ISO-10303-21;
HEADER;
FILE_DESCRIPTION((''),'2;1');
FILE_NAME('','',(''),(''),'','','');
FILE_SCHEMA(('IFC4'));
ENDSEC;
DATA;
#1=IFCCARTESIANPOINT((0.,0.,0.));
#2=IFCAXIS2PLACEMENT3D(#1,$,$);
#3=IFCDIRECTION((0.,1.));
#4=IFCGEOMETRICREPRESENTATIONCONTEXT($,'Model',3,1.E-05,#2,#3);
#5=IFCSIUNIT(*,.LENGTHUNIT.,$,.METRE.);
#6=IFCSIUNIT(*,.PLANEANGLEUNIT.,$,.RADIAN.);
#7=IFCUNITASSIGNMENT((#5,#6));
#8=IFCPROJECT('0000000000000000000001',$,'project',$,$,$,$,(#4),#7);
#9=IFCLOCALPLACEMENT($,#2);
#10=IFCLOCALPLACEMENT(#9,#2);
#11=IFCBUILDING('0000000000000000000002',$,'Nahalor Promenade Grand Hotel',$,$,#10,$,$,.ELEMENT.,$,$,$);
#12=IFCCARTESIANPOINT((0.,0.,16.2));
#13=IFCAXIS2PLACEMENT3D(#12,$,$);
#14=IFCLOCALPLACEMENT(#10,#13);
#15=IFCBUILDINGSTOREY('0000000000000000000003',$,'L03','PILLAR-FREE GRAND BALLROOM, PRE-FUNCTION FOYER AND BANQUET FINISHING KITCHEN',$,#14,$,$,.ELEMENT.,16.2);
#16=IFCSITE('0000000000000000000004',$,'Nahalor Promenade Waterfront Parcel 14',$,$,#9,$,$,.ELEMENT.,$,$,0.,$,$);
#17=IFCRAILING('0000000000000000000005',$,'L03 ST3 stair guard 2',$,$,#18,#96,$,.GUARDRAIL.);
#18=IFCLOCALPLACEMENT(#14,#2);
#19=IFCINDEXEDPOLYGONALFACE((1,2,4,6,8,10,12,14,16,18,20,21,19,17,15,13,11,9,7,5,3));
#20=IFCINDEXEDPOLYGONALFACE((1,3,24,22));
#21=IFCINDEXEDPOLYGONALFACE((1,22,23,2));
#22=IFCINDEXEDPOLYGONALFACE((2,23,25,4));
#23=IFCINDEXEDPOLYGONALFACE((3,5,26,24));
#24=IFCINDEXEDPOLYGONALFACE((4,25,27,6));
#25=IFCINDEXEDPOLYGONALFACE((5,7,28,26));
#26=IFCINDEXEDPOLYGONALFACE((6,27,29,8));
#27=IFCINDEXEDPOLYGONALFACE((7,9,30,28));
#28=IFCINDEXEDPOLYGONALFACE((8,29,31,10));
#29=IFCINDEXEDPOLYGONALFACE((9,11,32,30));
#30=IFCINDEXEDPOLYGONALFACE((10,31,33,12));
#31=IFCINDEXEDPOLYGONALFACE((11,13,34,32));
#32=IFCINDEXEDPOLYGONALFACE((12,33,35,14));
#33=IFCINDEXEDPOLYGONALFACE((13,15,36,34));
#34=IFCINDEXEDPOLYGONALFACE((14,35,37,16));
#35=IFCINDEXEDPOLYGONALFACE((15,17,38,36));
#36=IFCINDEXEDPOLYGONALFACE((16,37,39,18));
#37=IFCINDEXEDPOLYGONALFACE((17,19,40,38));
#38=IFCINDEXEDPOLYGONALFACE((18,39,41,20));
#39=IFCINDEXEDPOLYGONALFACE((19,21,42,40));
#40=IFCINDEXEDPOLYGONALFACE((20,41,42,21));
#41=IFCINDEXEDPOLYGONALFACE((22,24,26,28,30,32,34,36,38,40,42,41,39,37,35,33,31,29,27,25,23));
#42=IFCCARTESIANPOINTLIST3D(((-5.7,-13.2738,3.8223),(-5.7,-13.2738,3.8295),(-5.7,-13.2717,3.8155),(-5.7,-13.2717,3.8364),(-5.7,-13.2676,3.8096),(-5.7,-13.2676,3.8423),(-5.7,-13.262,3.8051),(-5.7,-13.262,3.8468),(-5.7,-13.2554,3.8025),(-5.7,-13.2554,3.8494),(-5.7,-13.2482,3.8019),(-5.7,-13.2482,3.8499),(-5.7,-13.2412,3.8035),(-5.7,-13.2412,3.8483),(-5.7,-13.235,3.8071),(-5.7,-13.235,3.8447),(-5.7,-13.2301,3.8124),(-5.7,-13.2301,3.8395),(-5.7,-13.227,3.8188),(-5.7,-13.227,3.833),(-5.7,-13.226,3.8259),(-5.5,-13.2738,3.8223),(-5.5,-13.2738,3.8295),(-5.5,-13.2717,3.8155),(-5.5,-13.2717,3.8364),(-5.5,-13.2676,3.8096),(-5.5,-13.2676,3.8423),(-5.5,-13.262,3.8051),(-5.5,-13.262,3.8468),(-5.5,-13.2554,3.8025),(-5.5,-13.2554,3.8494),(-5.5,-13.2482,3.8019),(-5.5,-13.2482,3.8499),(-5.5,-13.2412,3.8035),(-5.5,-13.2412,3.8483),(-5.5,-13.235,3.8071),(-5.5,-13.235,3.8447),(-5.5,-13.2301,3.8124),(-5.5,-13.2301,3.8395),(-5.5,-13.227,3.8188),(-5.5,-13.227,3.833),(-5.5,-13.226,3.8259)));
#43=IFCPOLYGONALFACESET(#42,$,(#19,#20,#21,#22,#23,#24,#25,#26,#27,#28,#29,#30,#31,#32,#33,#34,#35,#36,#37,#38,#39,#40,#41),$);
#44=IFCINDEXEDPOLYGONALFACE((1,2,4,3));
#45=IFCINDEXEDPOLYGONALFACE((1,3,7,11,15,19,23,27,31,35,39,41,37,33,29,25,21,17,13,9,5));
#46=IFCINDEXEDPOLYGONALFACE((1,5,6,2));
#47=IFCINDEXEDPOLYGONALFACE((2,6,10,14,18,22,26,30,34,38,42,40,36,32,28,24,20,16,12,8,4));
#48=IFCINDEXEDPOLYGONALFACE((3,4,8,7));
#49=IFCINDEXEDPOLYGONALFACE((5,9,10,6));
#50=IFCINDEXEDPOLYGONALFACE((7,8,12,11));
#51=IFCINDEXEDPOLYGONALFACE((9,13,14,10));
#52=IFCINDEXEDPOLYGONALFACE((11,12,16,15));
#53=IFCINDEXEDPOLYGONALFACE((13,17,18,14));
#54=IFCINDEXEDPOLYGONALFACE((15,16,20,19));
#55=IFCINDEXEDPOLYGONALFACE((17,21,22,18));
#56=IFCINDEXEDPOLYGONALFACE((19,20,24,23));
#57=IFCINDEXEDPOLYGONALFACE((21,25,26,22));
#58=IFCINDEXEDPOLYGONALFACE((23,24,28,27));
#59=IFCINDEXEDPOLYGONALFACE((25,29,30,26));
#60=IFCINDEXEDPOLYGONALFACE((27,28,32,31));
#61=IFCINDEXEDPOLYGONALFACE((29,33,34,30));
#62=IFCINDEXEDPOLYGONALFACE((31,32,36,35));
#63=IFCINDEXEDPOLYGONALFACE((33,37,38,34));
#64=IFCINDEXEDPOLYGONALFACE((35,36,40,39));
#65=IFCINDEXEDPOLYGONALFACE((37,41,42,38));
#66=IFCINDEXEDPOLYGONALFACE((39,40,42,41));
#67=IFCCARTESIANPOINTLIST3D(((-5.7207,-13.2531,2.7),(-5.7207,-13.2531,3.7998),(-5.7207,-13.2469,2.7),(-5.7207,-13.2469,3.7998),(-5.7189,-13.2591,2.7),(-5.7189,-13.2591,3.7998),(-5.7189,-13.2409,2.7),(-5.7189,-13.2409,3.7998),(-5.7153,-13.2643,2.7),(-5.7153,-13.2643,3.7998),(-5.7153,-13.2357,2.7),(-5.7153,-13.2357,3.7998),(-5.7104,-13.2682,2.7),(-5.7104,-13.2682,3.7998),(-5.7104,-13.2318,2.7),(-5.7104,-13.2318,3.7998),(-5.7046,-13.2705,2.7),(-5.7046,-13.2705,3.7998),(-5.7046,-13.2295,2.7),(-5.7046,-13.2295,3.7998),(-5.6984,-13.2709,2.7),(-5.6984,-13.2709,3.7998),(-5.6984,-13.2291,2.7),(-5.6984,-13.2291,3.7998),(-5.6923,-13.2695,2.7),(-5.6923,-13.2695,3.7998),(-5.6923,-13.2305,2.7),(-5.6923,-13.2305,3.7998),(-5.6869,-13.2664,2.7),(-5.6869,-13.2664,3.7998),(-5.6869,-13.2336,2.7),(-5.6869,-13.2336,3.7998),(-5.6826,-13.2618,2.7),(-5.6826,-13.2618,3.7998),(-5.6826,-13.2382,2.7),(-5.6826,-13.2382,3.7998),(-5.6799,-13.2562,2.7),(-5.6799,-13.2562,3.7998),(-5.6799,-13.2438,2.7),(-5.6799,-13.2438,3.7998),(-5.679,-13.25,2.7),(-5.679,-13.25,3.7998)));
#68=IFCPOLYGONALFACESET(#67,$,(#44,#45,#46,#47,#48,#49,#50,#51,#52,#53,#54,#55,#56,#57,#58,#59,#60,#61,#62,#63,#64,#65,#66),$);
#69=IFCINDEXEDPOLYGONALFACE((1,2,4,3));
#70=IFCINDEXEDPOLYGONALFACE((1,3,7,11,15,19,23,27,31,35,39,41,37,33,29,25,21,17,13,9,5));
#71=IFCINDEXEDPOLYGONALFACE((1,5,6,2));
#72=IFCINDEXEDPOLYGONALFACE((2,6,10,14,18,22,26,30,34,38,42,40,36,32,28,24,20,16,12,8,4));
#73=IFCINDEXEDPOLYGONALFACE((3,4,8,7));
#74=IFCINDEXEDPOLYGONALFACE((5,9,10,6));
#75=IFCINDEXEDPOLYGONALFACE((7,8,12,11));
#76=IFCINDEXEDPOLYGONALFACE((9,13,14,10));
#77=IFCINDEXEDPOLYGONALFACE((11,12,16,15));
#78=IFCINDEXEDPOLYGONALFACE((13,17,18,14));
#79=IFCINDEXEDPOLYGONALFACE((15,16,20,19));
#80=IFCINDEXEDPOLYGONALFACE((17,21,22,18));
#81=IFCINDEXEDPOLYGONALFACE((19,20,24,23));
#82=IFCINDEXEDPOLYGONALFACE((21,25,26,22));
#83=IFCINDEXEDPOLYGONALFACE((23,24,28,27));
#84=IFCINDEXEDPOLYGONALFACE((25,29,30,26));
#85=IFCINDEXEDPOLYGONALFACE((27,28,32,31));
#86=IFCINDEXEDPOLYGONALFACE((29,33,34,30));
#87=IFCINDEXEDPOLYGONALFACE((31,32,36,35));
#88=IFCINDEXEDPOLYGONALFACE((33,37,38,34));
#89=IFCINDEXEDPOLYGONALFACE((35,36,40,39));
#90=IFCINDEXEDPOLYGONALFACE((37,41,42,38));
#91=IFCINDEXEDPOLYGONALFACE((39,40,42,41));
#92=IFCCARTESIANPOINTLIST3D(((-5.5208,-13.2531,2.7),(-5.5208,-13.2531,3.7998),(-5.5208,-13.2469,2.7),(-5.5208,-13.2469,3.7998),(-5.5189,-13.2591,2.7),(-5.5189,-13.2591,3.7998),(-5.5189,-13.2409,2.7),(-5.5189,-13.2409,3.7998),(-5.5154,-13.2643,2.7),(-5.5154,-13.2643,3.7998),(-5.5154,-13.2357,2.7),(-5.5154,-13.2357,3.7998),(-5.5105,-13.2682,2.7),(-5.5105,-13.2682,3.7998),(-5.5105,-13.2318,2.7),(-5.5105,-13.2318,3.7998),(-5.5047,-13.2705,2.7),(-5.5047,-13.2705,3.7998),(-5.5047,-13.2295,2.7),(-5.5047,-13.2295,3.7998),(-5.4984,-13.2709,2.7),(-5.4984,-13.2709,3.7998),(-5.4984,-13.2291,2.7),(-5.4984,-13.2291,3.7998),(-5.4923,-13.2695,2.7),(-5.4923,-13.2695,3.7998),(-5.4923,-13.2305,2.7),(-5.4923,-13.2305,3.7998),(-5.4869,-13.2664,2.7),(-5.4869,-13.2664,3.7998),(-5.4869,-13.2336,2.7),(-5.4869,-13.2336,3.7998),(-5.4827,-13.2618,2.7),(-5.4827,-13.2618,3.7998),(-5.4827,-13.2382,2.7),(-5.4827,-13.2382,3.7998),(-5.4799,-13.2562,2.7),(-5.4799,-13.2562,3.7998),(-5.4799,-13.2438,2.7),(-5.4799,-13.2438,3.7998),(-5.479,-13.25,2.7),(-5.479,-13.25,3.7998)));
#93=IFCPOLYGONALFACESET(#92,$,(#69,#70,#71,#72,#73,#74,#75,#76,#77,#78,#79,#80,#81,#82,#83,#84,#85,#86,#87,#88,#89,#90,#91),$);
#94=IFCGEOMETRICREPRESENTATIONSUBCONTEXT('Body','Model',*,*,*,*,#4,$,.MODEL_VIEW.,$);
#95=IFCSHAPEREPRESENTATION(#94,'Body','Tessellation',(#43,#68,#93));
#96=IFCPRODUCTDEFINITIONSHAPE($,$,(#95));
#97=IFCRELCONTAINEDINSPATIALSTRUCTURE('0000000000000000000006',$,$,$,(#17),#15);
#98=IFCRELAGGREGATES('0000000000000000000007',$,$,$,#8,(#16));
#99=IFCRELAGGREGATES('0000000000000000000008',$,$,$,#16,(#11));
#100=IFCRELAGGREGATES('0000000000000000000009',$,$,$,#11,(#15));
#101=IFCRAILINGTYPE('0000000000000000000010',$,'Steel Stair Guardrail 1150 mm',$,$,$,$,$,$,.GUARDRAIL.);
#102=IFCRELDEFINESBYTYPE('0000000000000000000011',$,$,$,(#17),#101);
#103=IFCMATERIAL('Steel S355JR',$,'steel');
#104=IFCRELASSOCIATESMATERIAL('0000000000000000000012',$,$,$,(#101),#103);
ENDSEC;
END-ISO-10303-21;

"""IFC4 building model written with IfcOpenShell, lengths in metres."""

from ifc_helpers import new_model, si_unit, direction, frame, origin, origin_2d, place, context, subcontext, project, spatial, circle, extrude, material, type_object, element, save


model = new_model("IFC4")

# Units and contexts
model_context = context("Model", 3, precision=1e-05, world=origin(), true_north=direction((0.0, 1.0)))
body_context = subcontext(model_context, "Body", "Model", "MODEL_VIEW")
ifc_project = project(units=[si_unit("LENGTHUNIT", "METRE"), si_unit("PLANEANGLEUNIT", "RADIAN")], contexts=[model_context])

# Site, building, storey
site_placement = place(None, origin())
site = spatial("IfcSite", under=ifc_project, at=site_placement, Name="Nahalor Promenade Waterfront Parcel 14", CompositionType="ELEMENT", RefElevation=0.0)
building_placement = place(site_placement, origin())
building = spatial("IfcBuilding", under=site, at=building_placement, Name="Nahalor Promenade Grand Hotel", CompositionType="ELEMENT")
storey_placement = place(building_placement, frame((0.0, 0.0, 16.2)))
storey = spatial("IfcBuildingStorey", under=building, at=storey_placement, Name="L03", Description="PILLAR-FREE GRAND BALLROOM, PRE-FUNCTION FOYER AND BANQUET FINISHING KITCHEN", CompositionType="ELEMENT", Elevation=16.2)

# Shared definitions
ifc_material_1 = material(Name="Steel S355JR", Category="steel")

# Railing
railing_type_1 = type_object("IfcRailingType", Name="Steel Stair Guardrail 1150 mm", PredefinedType="GUARDRAIL", material=ifc_material_1)
railing_1_placement = place(storey_placement, frame((-5.7, -13.25, 2.7)))
element("IfcRailing", 1, at=railing_1_placement, inside=storey, type_object=railing_type_1, Name="L03 ST3 stair guard 2", PredefinedType="GUARDRAIL", context=body_context, shape_type="SweptSolid", body=[
    extrude(circle(Radius=0.024, at=origin_2d()), frame((0.0, 0.0, 1.126), z_axis=(1.0, 0.0, 0.0), x_axis=(0.0, 1.0, 0.0)), (0.0, 0.0, 1.0), 0.2),
    extrude(circle(Radius=0.021, at=origin_2d()), origin(), (0.0, 0.0, 1.0), 1.0999),
    extrude(circle(Radius=0.021, at=origin_2d()), frame((0.2, 0.0, 0.0)), (0.0, 0.0, 1.0), 1.0999),
])

save(model, "model.ifc")
